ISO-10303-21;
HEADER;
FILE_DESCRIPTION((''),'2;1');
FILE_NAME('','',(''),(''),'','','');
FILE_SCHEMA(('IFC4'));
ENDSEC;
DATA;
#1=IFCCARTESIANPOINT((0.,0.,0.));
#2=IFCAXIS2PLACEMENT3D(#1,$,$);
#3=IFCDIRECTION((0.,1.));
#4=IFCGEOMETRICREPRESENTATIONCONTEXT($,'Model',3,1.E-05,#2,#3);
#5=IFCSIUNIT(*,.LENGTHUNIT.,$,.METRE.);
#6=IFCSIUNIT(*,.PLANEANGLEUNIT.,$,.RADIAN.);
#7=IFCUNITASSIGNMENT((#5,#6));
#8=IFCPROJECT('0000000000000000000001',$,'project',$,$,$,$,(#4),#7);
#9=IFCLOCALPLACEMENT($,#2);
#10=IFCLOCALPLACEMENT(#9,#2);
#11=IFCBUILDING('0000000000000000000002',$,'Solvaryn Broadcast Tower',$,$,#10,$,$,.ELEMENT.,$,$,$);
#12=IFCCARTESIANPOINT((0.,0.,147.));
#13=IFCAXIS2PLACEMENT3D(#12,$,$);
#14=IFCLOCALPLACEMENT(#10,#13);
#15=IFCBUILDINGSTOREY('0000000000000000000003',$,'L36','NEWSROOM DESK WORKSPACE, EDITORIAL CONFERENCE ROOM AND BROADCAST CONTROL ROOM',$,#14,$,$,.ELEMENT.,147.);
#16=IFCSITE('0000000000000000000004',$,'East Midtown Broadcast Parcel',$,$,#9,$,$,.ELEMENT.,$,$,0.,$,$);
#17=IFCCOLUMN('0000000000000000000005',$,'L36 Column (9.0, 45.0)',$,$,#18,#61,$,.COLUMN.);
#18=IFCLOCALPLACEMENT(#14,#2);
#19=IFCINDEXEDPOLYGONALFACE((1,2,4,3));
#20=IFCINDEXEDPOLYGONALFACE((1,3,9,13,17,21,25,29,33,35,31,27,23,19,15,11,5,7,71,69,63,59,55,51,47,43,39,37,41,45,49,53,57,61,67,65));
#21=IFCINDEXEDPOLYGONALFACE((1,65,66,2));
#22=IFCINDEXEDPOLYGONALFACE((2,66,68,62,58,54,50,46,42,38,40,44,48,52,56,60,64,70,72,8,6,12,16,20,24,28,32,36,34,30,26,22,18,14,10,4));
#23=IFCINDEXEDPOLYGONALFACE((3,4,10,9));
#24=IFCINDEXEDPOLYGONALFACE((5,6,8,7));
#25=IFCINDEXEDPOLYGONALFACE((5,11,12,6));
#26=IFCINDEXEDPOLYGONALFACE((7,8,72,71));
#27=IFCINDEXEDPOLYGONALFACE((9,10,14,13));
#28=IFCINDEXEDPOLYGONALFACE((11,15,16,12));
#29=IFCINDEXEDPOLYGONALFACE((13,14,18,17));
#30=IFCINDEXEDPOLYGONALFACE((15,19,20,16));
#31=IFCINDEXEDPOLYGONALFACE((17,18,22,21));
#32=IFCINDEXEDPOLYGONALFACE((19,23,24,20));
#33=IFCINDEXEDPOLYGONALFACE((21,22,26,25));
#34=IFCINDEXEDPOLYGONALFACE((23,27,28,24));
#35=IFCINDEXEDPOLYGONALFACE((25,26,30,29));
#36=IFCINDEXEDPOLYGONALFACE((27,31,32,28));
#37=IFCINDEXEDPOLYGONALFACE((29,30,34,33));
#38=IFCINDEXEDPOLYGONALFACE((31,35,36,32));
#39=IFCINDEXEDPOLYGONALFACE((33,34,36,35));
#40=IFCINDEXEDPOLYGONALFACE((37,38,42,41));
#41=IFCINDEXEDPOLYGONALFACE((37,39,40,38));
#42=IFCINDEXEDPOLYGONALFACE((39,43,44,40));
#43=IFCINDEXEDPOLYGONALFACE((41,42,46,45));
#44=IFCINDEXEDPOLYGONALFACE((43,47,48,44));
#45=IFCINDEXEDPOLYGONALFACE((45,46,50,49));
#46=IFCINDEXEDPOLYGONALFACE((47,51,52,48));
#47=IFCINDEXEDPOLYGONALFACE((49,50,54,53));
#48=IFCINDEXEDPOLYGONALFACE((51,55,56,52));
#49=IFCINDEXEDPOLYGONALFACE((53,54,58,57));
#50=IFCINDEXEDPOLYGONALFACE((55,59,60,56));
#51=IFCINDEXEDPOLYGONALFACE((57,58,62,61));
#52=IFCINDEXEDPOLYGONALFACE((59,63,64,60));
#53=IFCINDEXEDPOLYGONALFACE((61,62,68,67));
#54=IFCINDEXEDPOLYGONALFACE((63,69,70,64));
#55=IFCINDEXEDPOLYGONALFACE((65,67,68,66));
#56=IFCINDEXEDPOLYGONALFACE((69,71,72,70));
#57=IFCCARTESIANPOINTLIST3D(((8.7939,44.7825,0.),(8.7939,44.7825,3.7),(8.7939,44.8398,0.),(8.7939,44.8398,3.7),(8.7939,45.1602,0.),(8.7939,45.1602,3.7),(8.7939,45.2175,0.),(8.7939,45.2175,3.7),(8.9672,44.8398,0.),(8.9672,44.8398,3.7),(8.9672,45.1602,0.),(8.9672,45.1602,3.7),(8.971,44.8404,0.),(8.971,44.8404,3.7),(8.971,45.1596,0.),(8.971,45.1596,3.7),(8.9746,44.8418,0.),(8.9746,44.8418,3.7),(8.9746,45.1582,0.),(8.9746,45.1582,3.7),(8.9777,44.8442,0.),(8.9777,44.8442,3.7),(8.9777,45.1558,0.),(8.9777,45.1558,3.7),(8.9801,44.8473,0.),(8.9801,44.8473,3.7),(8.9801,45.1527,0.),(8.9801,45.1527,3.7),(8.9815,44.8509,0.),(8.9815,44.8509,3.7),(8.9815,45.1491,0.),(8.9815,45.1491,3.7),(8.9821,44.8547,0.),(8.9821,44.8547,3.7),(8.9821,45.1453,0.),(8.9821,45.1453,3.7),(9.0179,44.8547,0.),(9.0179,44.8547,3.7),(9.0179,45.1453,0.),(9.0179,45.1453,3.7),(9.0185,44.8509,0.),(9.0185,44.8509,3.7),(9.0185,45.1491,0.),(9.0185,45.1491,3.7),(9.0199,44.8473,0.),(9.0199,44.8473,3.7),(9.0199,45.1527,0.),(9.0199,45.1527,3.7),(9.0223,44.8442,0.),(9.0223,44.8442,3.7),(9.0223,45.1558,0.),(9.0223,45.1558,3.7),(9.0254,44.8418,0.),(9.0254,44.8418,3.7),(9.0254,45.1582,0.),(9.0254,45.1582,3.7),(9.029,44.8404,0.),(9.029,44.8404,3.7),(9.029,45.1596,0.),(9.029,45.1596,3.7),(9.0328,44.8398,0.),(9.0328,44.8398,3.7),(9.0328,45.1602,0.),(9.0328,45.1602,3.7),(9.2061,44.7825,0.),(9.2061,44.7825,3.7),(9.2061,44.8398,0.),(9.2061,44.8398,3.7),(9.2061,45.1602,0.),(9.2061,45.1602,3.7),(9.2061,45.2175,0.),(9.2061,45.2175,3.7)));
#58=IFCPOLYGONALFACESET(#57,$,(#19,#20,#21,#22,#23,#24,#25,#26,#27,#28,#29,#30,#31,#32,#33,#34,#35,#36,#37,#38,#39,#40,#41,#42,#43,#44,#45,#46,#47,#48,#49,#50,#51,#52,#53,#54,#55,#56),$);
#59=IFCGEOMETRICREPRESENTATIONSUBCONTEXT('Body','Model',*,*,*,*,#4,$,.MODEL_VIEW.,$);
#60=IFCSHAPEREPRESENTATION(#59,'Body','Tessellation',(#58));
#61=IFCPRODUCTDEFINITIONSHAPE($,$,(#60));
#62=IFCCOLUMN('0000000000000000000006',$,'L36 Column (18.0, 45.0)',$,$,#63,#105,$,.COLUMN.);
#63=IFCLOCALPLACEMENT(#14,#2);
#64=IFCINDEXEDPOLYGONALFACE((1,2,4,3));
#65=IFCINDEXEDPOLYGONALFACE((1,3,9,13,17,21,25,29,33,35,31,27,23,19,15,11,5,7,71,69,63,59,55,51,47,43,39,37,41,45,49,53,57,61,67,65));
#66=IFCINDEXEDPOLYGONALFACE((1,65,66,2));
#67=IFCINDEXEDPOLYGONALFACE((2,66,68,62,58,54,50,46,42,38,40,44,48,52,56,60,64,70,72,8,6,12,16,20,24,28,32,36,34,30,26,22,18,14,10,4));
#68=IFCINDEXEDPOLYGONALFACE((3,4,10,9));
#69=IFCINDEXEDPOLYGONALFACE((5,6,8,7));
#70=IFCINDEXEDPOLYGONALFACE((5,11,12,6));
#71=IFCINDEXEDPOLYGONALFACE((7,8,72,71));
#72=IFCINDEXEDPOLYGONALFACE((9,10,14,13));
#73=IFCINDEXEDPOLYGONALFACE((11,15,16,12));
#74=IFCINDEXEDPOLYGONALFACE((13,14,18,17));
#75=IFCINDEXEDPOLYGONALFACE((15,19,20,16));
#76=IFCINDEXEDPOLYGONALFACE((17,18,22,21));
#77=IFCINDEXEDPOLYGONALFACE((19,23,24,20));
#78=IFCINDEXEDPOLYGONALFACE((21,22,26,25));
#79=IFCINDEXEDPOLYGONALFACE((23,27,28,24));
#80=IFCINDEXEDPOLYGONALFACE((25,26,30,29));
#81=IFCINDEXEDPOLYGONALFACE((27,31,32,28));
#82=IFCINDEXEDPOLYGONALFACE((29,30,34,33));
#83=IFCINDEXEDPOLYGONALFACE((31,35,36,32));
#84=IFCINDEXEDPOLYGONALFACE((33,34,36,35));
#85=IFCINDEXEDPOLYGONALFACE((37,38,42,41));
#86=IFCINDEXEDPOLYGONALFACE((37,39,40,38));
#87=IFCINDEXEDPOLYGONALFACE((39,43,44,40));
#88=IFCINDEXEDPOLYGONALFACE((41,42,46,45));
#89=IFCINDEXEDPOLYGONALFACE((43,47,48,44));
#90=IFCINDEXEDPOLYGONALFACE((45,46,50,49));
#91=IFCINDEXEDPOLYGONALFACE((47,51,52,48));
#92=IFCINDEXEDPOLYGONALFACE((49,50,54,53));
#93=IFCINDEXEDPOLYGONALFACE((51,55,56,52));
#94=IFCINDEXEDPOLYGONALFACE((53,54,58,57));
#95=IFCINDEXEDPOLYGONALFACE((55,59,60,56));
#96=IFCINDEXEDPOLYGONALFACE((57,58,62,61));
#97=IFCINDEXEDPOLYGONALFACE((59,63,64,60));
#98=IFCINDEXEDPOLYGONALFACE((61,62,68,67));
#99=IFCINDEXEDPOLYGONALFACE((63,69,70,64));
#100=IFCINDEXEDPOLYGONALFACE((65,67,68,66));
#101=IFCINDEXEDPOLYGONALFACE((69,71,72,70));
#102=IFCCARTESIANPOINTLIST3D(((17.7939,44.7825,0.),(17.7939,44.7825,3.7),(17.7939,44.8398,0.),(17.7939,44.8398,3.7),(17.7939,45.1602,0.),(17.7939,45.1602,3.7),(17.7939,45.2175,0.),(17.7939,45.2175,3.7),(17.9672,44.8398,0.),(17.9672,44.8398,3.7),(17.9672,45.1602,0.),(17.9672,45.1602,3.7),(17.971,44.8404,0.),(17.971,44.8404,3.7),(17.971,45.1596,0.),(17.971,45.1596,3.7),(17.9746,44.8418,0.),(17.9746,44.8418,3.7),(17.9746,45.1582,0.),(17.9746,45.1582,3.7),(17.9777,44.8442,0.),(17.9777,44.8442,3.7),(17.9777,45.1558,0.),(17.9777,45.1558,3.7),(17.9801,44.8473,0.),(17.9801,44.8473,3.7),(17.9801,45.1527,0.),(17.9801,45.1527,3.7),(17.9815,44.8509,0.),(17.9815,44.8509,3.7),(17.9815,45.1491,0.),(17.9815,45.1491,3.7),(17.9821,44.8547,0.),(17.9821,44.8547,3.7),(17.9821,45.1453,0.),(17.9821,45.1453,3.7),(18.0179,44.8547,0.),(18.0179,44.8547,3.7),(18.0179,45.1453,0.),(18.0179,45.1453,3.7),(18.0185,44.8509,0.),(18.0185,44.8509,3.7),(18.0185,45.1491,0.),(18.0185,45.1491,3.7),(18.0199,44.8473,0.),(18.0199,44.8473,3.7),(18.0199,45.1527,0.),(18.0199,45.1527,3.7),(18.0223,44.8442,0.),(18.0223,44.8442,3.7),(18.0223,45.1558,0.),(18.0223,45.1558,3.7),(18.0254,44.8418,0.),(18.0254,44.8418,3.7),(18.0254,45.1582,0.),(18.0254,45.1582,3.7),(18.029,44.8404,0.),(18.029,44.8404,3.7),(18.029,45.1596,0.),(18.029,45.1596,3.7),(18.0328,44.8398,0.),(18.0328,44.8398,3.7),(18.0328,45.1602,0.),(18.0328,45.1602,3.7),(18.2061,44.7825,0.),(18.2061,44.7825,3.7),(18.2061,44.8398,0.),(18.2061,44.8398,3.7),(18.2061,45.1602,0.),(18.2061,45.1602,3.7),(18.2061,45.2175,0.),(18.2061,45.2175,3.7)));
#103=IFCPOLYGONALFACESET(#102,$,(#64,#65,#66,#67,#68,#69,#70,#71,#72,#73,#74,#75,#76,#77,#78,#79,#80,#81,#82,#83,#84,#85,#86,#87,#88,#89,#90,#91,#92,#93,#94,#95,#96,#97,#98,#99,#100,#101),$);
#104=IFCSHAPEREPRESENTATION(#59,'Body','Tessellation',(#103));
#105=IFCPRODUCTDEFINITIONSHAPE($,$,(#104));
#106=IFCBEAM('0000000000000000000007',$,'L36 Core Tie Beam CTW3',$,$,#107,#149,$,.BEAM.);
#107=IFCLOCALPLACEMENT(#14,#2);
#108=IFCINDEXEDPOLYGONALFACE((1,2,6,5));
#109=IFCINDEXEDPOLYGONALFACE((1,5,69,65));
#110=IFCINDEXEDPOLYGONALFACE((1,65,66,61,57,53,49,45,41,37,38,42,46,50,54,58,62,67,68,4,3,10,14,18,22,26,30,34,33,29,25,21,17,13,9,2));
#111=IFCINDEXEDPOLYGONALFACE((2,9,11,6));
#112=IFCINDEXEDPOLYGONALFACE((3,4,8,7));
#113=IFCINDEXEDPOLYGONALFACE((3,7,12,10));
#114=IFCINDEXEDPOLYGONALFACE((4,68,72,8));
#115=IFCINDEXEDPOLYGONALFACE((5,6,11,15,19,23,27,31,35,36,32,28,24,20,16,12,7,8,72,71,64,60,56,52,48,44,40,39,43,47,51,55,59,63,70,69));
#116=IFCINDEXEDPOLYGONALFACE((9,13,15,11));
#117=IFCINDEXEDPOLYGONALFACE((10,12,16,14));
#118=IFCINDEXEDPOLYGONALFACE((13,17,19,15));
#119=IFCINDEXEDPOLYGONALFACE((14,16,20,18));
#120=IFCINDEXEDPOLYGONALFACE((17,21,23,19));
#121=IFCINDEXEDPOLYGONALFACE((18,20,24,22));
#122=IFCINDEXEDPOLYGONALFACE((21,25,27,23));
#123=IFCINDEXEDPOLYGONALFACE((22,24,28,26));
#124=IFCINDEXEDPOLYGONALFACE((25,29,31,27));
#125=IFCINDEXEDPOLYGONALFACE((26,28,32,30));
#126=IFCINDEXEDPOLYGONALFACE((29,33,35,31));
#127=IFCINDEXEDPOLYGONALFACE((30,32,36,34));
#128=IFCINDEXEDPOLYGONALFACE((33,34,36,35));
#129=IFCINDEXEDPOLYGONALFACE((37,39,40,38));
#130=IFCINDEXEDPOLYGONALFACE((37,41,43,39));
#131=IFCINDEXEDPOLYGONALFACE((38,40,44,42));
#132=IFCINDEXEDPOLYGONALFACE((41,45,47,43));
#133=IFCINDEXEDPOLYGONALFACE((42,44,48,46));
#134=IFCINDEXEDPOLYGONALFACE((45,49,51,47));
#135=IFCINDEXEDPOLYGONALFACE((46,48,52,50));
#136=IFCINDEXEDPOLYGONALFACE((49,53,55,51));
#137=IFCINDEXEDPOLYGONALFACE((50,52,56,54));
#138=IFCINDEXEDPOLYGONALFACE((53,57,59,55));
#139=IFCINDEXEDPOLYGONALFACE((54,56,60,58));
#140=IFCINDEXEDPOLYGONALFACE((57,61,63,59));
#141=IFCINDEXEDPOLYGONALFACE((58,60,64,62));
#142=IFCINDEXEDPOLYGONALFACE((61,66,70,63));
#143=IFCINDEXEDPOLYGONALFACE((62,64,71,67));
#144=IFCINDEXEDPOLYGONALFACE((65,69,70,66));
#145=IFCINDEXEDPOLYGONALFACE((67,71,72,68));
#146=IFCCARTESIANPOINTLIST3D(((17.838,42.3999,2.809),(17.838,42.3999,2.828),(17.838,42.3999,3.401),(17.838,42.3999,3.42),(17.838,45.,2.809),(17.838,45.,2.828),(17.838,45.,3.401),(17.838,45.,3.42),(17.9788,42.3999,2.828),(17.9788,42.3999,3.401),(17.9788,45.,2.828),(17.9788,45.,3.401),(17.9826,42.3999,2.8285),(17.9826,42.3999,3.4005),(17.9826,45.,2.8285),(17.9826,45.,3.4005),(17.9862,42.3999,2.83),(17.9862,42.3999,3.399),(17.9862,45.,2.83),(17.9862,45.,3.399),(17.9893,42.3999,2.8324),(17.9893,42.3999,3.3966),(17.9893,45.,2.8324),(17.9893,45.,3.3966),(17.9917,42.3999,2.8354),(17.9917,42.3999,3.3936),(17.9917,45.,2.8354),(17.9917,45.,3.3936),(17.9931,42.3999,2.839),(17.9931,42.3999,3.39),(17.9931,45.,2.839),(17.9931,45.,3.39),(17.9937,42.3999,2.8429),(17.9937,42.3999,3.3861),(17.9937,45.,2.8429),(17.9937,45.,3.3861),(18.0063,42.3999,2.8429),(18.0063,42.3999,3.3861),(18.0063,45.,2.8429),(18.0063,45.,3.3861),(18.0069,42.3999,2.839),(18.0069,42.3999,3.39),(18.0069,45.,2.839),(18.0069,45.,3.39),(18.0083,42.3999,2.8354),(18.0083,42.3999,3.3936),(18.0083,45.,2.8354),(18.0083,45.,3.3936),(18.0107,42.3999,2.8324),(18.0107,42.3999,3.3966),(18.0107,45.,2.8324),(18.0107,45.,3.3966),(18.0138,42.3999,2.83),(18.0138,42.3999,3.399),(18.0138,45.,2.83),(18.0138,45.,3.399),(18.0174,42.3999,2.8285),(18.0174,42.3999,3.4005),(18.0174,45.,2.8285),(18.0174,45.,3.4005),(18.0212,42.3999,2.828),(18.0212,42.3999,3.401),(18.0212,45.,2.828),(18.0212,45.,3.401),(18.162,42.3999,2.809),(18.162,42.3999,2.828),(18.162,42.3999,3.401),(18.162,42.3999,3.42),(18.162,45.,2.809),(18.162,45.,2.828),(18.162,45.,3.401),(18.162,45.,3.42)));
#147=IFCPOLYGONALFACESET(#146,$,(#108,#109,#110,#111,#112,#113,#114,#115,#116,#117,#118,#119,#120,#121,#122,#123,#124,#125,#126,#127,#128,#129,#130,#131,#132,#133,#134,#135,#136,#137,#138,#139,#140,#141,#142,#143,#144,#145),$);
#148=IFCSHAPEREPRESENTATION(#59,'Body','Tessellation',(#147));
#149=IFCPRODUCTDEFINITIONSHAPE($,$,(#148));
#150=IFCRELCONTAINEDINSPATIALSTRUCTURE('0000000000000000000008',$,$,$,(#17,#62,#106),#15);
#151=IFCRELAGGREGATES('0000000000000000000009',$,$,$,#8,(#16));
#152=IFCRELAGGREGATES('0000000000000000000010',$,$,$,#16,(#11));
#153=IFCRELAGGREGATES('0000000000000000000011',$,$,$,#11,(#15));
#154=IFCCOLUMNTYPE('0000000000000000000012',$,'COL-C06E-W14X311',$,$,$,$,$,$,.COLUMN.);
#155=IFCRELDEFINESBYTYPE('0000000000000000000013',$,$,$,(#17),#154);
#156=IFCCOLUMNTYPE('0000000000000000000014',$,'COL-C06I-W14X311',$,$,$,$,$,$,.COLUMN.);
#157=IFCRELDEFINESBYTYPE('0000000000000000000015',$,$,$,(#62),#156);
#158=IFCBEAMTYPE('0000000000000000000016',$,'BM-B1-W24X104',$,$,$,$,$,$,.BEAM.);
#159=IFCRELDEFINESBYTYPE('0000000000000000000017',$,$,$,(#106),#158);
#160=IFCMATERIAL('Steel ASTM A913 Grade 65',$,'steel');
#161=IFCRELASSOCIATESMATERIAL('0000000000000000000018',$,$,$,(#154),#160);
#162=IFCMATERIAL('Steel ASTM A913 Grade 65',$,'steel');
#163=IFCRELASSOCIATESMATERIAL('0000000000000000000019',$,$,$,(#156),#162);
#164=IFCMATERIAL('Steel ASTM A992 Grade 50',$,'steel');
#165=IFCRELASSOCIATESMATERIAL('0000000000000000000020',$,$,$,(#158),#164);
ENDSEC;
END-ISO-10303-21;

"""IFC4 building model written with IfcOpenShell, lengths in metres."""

from ifc_helpers import new_model, si_unit, direction, frame, origin, origin_2d, place, context, subcontext, project, spatial, i_section, extrude, material, material_profile, profile_set, type_object, element, save


model = new_model("IFC4")

# Units and contexts
model_context = context("Model", 3, precision=1e-05, world=origin(), true_north=direction((0.0, 1.0)))
body_context = subcontext(model_context, "Body", "Model", "MODEL_VIEW")
ifc_project = project(units=[si_unit("LENGTHUNIT", "METRE"), si_unit("PLANEANGLEUNIT", "RADIAN")], contexts=[model_context])

# Site, building, storey
site_placement = place(None, origin())
site = spatial("IfcSite", under=ifc_project, at=site_placement, Name="East Midtown Broadcast Parcel", CompositionType="ELEMENT", RefElevation=0.0)
building_placement = place(site_placement, origin())
building = spatial("IfcBuilding", under=site, at=building_placement, Name="Solvaryn Broadcast Tower", CompositionType="ELEMENT")
storey_placement = place(building_placement, frame((0.0, 0.0, 147.0)))
storey = spatial("IfcBuildingStorey", under=building, at=storey_placement, Name="L36", Description="NEWSROOM DESK WORKSPACE, EDITORIAL CONFERENCE ROOM AND BROADCAST CONTROL ROOM", CompositionType="ELEMENT", Elevation=147.0)

# Columns
ifc_material_1 = material(Name="Steel ASTM A913 Grade 65", Category="steel")
ifc_material_profile_1 = material_profile(ifc_material_1, i_section(OverallWidth=0.4121, OverallDepth=0.4351, WebThickness=0.0359, FlangeThickness=0.0574, FilletRadius=0.0149, at=origin_2d()))
ifc_profile_set_1 = profile_set([ifc_material_profile_1], Name="Steel ASTM A913 Grade 65")
column_type_1 = type_object("IfcColumnType", Name="COL-C06E-W14X311", PredefinedType="COLUMN", material=ifc_profile_set_1)
column_1_placement = place(storey_placement, frame((9.0, 45.0, 0.0), z_axis=(0.0, 0.0, 1.0), x_axis=(1.0, 0.0, 0.0)))
element("IfcColumn", 1, at=column_1_placement, inside=storey, type_object=column_type_1, Name="L36 Column (9.0, 45.0)", PredefinedType="COLUMN", context=body_context, shape_type="SweptSolid", body=[
    extrude(i_section(OverallWidth=0.4121, OverallDepth=0.4351, WebThickness=0.0359, FlangeThickness=0.0574, FilletRadius=0.0149, at=origin_2d()), origin(), (0.0, 0.0, 1.0), 3.7),
])
ifc_material_2 = material(Name="Steel ASTM A913 Grade 65", Category="steel")
ifc_material_profile_2 = material_profile(ifc_material_2, i_section(OverallWidth=0.4121, OverallDepth=0.4351, WebThickness=0.0359, FlangeThickness=0.0574, FilletRadius=0.0149, at=origin_2d()))
ifc_profile_set_2 = profile_set([ifc_material_profile_2], Name="Steel ASTM A913 Grade 65")
column_type_2 = type_object("IfcColumnType", Name="COL-C06I-W14X311", PredefinedType="COLUMN", material=ifc_profile_set_2)
column_2_placement = place(storey_placement, frame((18.0, 45.0, 0.0), z_axis=(0.0, 0.0, 1.0), x_axis=(1.0, 0.0, 0.0)))
element("IfcColumn", 2, at=column_2_placement, inside=storey, type_object=column_type_2, Name="L36 Column (18.0, 45.0)", PredefinedType="COLUMN", context=body_context, shape_type="SweptSolid", body=[
    extrude(i_section(OverallWidth=0.4121, OverallDepth=0.4351, WebThickness=0.0359, FlangeThickness=0.0574, FilletRadius=0.0149, at=origin_2d()), origin(), (0.0, 0.0, 1.0), 3.7),
])

# Beam
ifc_material_3 = material(Name="Steel ASTM A992 Grade 50", Category="steel")
ifc_material_profile_3 = material_profile(ifc_material_3, i_section(OverallWidth=0.324, OverallDepth=0.6111, WebThickness=0.0127, FlangeThickness=0.019, FilletRadius=0.0149, at=origin_2d()))
ifc_profile_set_3 = profile_set([ifc_material_profile_3], Name="Steel ASTM A992 Grade 50")
beam_type_1 = type_object("IfcBeamType", Name="BM-B1-W24X104", PredefinedType="BEAM", material=ifc_profile_set_3)
beam_1_placement = place(storey_placement, frame((18.0, 42.3999, 3.1145), z_axis=(0.0, 1.0, 0.0), x_axis=(-1.0, 0.0, 0.0)))
element("IfcBeam", 3, at=beam_1_placement, inside=storey, type_object=beam_type_1, Name="L36 Core Tie Beam CTW3", PredefinedType="BEAM", context=body_context, shape_type="SweptSolid", body=[
    extrude(i_section(OverallWidth=0.324, OverallDepth=0.6111, WebThickness=0.0127, FlangeThickness=0.019, FilletRadius=0.0149, at=origin_2d()), origin(), (0.0, 0.0, 1.0), 2.6001),
])

save(model, "model.ifc")
